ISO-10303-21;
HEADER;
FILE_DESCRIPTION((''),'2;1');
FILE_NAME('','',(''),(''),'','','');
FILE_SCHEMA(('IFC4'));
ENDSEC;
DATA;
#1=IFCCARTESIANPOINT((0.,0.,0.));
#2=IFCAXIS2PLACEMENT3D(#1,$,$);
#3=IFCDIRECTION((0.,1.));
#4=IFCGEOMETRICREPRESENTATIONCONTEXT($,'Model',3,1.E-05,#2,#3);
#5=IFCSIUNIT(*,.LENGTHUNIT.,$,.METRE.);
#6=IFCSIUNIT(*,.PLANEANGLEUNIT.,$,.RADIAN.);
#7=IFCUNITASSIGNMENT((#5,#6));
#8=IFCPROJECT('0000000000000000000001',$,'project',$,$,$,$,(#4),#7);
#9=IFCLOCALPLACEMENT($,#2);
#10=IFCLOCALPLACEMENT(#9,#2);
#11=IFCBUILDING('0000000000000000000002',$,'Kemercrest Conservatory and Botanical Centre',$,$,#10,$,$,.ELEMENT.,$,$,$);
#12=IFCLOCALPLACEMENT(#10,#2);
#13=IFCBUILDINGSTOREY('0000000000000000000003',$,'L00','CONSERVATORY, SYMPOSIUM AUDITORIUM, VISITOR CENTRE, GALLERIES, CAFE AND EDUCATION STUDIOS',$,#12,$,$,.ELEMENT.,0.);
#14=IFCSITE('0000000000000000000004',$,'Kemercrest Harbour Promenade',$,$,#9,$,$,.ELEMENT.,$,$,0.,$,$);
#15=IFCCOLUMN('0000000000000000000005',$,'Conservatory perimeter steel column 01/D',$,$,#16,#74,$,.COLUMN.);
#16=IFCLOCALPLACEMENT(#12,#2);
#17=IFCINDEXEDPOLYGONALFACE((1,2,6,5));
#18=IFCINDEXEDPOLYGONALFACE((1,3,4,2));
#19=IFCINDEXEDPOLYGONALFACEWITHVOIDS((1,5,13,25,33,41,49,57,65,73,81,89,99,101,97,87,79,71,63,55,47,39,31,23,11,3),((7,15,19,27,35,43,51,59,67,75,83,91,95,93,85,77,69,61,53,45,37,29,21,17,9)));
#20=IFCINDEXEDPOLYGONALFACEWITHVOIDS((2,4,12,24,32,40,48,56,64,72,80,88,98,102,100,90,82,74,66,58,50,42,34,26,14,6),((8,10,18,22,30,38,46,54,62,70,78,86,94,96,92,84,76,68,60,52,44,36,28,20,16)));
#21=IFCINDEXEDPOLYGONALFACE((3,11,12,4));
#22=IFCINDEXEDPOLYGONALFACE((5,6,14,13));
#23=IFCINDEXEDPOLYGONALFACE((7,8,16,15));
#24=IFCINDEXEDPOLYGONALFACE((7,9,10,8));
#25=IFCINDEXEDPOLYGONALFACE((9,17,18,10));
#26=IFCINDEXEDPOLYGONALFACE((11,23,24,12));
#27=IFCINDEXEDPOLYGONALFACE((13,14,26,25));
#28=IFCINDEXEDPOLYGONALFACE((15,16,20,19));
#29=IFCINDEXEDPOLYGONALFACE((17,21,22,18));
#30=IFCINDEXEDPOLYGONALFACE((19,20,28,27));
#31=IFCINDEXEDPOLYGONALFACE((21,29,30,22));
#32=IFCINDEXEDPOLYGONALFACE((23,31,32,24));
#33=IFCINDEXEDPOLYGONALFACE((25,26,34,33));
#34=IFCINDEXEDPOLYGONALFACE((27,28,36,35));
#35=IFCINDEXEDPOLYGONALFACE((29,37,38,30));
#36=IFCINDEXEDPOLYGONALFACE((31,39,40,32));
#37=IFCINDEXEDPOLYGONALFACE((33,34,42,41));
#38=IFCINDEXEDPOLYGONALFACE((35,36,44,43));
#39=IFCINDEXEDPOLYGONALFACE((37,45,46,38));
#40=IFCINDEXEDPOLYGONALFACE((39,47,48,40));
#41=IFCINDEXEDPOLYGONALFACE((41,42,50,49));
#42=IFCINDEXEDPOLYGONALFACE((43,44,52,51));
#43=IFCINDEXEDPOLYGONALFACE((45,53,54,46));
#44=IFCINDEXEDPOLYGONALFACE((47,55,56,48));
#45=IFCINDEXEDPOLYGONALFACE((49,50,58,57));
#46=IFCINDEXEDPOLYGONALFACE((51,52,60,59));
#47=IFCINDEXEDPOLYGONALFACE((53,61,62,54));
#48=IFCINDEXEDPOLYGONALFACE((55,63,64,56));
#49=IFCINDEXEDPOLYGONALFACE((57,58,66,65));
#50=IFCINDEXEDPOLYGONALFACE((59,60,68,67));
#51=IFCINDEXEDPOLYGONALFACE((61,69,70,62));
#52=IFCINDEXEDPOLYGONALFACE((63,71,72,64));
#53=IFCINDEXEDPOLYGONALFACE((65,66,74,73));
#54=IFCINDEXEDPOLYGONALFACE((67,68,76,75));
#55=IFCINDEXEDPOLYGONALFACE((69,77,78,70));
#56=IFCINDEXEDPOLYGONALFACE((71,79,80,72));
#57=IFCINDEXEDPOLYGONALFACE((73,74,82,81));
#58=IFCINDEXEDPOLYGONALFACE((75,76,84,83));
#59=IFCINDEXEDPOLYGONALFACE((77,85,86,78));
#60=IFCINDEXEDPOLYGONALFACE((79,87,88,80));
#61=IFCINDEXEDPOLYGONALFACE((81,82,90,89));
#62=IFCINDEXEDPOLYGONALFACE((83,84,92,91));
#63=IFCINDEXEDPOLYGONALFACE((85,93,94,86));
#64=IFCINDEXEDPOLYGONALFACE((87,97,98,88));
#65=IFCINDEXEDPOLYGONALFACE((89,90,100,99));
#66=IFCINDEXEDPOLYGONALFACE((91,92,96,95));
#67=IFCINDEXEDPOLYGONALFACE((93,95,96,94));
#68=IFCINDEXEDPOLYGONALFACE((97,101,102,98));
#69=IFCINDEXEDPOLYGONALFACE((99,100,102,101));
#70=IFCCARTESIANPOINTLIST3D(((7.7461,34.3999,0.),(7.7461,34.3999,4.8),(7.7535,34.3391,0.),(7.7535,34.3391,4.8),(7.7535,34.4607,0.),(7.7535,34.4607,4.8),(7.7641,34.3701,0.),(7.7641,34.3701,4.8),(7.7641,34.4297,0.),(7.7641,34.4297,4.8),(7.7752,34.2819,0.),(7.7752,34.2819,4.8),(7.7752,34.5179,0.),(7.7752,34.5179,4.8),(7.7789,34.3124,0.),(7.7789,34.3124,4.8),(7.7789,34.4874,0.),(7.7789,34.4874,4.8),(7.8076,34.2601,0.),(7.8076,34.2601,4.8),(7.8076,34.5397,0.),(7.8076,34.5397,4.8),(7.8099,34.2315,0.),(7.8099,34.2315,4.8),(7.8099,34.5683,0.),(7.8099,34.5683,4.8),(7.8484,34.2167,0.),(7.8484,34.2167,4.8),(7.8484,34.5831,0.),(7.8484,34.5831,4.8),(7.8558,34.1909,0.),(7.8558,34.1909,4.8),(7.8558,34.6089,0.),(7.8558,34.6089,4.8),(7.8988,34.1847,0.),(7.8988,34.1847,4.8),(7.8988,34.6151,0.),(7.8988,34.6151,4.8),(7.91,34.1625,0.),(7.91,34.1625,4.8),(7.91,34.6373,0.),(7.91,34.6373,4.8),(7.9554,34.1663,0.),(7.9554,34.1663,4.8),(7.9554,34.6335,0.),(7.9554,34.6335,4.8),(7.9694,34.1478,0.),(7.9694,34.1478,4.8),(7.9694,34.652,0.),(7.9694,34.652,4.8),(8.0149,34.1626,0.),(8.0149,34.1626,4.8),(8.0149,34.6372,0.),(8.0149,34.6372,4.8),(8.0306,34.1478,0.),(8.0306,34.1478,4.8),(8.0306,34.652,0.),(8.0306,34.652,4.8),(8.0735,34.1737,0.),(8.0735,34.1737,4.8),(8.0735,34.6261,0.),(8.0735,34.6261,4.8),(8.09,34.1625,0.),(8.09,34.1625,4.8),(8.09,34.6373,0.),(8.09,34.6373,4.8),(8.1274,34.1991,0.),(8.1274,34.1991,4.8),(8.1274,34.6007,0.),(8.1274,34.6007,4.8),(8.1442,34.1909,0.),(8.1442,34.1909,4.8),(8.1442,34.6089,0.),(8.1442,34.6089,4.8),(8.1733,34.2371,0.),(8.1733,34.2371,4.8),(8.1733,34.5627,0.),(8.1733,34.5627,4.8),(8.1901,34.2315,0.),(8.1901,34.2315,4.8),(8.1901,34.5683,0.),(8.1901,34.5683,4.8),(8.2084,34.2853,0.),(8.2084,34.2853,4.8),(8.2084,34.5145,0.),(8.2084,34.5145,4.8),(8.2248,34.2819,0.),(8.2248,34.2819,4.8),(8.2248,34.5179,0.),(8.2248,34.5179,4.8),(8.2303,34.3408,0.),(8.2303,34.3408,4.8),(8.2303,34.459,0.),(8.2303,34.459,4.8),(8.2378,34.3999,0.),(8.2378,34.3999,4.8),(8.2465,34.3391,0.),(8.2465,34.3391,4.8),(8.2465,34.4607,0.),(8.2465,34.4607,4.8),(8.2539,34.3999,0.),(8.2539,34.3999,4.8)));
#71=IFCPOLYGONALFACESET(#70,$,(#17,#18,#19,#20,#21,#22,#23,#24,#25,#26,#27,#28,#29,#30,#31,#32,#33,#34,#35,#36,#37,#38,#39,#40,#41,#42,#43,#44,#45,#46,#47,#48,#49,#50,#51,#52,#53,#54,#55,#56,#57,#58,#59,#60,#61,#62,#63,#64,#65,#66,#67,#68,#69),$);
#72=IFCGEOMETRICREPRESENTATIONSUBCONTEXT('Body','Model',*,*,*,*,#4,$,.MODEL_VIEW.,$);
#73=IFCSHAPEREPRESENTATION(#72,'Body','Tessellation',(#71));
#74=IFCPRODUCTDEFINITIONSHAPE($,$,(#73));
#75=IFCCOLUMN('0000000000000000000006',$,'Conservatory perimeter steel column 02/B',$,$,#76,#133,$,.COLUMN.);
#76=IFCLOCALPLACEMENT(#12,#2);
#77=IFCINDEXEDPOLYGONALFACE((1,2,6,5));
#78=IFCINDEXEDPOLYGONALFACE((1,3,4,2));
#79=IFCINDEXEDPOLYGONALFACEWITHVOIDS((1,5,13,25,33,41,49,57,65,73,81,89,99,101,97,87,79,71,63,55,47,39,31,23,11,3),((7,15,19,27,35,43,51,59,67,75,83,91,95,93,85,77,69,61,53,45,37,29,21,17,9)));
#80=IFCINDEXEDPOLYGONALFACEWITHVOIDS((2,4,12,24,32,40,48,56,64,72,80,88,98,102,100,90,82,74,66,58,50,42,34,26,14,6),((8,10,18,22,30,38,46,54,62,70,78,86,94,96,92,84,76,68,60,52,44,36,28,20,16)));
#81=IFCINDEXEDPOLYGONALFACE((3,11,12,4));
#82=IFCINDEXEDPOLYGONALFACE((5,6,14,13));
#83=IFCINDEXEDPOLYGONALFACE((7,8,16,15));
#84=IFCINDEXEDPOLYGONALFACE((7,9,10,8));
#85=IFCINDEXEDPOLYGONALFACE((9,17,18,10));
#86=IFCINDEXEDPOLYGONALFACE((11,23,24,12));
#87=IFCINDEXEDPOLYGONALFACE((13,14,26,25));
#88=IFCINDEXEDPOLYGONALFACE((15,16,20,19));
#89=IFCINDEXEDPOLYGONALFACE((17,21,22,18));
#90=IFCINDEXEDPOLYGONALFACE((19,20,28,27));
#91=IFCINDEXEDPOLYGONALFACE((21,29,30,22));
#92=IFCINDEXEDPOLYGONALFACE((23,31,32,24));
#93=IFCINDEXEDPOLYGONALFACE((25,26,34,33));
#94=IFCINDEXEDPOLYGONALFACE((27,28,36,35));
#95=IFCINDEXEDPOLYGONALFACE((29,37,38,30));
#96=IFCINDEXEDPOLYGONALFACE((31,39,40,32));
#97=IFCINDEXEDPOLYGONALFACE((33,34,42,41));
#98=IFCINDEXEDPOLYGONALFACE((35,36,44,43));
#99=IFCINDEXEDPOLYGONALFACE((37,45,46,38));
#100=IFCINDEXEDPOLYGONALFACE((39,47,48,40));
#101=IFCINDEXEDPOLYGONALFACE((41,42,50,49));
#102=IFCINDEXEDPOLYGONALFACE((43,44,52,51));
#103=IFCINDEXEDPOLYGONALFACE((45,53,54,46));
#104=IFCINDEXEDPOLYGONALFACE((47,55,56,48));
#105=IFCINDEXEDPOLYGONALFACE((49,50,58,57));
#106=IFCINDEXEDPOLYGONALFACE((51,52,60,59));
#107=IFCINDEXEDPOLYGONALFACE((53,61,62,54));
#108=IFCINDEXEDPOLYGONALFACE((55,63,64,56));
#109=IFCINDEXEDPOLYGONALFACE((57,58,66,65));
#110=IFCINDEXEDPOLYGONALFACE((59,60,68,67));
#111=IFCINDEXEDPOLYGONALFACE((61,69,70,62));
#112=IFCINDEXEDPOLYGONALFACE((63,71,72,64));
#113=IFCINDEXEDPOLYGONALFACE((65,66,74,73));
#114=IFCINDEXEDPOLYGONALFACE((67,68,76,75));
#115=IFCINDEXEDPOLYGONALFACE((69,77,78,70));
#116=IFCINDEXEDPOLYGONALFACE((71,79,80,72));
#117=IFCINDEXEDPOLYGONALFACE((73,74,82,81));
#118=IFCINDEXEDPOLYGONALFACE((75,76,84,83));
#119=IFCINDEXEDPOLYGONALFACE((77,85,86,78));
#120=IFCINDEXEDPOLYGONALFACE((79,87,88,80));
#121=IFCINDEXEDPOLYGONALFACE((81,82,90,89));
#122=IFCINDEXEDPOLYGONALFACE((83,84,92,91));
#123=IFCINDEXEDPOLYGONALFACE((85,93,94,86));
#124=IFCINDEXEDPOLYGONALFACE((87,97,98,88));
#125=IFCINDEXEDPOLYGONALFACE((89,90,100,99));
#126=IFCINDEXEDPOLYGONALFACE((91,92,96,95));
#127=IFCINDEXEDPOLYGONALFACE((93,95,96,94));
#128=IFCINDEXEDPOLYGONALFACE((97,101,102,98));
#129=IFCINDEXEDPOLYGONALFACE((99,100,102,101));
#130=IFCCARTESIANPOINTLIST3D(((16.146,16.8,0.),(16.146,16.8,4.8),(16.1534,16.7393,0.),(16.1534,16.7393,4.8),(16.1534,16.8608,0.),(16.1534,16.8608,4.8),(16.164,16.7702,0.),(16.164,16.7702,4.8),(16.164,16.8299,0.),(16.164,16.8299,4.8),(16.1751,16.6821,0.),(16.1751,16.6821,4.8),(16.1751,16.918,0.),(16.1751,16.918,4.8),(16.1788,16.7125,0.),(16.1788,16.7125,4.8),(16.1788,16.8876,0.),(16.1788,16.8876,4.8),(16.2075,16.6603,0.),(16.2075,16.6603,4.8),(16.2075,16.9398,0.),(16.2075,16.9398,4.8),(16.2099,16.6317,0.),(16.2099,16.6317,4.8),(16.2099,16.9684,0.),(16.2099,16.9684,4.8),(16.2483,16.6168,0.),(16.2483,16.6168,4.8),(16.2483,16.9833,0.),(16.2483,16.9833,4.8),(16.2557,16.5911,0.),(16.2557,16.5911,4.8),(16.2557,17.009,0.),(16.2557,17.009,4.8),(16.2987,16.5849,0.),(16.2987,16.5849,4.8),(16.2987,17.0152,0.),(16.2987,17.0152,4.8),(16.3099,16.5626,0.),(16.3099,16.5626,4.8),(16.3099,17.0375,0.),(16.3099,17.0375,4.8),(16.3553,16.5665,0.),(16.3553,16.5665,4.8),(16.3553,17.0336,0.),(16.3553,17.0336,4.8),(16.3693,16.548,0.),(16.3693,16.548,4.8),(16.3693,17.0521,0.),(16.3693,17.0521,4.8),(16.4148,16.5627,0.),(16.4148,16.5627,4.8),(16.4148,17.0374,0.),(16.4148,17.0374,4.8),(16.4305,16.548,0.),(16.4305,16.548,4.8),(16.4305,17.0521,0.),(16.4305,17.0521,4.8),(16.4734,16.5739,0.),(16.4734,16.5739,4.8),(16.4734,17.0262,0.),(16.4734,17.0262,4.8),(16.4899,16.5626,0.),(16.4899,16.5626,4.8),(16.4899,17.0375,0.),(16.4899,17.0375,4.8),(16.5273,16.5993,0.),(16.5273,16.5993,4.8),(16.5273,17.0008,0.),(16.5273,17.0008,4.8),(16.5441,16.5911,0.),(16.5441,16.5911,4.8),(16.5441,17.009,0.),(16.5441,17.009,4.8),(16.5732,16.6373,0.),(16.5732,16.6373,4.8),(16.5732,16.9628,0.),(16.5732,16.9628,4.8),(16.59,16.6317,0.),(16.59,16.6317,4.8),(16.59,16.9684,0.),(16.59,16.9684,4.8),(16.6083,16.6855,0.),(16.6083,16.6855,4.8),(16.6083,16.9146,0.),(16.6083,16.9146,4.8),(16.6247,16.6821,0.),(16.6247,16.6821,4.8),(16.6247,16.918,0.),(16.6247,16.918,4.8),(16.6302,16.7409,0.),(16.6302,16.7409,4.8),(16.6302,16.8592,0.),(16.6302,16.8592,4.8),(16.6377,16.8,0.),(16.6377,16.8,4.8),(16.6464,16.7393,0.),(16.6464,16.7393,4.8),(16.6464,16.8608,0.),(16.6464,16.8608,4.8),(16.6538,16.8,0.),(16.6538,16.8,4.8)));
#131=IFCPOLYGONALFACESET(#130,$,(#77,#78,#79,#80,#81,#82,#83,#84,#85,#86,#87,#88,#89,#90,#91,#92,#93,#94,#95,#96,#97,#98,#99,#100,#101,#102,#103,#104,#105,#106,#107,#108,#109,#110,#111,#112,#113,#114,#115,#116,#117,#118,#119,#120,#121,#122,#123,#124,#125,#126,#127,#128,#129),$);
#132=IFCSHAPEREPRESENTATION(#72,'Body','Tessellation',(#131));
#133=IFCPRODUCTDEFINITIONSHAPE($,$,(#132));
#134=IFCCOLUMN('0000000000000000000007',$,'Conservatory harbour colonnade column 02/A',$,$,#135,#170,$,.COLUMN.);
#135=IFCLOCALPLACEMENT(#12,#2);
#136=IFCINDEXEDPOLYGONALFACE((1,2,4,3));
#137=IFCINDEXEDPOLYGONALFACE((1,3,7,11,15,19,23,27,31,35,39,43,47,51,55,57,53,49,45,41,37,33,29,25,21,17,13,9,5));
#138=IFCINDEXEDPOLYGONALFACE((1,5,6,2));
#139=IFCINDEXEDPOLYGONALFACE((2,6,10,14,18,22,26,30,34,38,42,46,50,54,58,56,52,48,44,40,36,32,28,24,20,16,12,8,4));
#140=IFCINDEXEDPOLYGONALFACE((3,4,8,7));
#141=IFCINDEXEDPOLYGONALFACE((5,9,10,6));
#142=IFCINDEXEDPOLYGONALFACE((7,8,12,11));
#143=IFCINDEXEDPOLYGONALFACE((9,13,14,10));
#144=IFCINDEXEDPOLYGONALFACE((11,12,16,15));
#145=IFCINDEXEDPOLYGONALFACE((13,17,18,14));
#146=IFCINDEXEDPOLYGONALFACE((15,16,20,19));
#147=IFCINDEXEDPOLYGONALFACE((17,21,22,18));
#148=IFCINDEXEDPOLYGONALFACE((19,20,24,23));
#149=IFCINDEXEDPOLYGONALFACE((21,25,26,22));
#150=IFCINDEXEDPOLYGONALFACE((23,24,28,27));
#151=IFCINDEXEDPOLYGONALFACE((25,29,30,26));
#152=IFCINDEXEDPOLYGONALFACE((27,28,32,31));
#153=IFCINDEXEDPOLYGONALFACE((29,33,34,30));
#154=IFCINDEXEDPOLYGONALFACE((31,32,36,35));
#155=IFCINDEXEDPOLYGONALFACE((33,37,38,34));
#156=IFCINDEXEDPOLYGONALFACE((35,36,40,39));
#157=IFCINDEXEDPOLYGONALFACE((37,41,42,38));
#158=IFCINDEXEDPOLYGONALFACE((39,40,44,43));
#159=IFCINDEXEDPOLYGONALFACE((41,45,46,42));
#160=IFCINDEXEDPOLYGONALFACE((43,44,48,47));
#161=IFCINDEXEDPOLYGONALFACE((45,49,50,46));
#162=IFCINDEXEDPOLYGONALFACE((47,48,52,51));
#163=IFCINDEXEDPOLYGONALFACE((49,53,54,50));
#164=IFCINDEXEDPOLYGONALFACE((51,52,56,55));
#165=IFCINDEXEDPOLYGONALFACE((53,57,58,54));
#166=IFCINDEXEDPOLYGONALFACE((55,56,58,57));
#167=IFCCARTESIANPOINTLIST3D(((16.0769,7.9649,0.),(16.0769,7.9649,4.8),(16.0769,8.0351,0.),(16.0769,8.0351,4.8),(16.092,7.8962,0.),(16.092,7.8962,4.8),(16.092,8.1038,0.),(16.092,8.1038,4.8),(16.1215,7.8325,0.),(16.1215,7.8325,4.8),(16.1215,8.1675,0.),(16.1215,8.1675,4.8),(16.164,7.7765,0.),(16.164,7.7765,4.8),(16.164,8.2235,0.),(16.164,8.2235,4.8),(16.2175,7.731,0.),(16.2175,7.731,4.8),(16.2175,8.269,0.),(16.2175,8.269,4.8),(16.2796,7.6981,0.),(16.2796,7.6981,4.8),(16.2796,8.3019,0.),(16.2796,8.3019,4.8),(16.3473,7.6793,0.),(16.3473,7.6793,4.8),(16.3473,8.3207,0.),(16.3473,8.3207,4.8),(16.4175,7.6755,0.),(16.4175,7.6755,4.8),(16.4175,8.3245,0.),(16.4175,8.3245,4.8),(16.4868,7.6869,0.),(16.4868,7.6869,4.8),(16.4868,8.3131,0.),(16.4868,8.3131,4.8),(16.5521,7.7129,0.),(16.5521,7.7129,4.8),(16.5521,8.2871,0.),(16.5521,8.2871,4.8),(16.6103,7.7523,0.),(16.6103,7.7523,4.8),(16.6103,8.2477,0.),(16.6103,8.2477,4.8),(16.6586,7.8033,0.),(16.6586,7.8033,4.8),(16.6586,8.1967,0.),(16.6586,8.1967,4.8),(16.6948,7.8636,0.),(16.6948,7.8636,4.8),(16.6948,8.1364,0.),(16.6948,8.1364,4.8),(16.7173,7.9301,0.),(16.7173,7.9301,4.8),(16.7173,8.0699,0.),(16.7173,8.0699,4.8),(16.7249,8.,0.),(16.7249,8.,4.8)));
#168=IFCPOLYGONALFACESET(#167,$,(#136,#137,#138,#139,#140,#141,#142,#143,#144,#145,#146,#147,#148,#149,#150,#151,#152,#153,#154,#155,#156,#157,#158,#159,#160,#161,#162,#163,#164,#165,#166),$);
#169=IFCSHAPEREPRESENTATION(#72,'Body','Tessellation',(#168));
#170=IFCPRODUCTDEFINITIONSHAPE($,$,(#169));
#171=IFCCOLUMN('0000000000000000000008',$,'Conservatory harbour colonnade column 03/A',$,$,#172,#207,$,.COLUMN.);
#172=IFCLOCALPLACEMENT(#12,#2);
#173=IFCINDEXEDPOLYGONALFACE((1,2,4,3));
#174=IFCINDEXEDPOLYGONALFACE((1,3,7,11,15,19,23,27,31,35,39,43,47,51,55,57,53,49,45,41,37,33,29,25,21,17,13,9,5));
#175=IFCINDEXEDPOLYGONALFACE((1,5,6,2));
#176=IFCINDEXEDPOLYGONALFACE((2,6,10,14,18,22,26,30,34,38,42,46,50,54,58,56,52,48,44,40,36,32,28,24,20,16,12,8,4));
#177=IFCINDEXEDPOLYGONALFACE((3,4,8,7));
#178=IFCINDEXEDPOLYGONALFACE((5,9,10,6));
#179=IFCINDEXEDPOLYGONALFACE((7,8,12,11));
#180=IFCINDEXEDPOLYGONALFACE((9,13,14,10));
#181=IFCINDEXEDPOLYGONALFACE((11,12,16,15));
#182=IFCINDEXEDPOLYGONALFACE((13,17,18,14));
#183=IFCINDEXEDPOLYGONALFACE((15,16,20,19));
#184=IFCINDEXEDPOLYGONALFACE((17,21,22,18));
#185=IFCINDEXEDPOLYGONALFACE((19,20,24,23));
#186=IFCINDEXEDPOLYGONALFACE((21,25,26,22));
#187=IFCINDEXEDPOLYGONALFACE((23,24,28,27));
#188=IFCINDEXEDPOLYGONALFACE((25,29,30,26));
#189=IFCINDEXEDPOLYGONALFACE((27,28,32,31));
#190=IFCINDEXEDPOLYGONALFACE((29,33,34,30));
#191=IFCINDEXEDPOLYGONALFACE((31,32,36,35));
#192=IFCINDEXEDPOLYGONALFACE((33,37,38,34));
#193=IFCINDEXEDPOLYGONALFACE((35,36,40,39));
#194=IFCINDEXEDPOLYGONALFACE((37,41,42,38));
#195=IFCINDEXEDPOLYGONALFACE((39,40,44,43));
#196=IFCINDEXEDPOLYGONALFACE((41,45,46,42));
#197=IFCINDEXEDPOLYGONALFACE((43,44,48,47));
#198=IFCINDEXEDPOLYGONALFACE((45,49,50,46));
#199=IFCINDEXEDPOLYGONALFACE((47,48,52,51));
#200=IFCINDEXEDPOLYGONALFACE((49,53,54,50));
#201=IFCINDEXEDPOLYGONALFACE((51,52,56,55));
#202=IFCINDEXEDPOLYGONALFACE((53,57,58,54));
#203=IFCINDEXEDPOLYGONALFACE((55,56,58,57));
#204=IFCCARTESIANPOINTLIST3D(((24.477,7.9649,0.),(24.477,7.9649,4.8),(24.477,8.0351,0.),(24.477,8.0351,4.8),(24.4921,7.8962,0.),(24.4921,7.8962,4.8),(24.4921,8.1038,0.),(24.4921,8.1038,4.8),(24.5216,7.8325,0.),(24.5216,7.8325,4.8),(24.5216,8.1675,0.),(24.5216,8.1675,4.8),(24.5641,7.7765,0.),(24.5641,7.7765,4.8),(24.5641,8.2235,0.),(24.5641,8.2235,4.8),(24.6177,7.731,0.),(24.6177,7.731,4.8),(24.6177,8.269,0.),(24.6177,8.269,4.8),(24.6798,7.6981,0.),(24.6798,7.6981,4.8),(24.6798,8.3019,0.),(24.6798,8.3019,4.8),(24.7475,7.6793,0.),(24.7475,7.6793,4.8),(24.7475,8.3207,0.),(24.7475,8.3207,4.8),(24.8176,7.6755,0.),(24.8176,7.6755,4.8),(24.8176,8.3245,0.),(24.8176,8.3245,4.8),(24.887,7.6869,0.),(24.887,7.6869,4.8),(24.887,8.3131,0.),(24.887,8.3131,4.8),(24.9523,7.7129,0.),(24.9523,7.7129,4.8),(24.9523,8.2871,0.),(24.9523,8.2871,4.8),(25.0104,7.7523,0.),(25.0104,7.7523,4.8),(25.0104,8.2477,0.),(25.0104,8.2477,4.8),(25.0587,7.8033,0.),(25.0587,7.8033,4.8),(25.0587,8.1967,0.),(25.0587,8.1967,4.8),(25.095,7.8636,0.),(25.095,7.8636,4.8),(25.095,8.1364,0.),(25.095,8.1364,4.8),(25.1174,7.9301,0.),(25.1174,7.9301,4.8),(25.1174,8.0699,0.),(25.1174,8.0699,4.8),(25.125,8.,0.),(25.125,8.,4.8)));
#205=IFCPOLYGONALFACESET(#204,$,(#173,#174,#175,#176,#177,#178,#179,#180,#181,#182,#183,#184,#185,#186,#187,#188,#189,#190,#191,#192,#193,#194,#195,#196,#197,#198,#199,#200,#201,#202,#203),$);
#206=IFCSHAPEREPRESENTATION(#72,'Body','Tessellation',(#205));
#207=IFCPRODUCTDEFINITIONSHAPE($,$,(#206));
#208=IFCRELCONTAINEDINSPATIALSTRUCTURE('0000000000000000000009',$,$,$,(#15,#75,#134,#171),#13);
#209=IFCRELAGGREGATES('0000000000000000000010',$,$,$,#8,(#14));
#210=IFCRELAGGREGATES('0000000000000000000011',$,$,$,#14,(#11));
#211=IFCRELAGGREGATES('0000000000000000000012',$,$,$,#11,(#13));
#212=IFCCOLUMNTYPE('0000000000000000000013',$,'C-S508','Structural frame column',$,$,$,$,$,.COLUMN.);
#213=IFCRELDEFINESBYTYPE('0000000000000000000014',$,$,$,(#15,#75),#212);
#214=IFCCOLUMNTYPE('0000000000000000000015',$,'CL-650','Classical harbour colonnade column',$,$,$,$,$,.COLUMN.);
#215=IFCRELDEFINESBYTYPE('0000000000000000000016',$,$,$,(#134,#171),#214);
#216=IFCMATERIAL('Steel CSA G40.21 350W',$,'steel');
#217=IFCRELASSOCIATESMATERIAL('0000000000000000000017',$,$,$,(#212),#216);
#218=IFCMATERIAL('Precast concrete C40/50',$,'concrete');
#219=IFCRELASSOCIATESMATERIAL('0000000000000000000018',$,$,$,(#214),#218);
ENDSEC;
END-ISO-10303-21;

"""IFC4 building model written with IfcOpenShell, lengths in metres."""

from ifc_helpers import new_model, si_unit, direction, frame, origin, origin_2d, place, context, subcontext, project, spatial, circle, hollow_circle, extrude, material, material_profile, profile_set, type_object, element, save


model = new_model("IFC4")

# Units and contexts
model_context = context("Model", 3, precision=1e-05, world=origin(), true_north=direction((0.0, 1.0)))
body_context = subcontext(model_context, "Body", "Model", "MODEL_VIEW")
ifc_project = project(units=[si_unit("LENGTHUNIT", "METRE"), si_unit("PLANEANGLEUNIT", "RADIAN")], contexts=[model_context])

# Site, building, storey
site_placement = place(None, origin())
site = spatial("IfcSite", under=ifc_project, at=site_placement, Name="Kemercrest Harbour Promenade", CompositionType="ELEMENT", RefElevation=0.0)
building_placement = place(site_placement, origin())
building = spatial("IfcBuilding", under=site, at=building_placement, Name="Kemercrest Conservatory and Botanical Centre", CompositionType="ELEMENT")
storey_placement = place(building_placement, origin())
storey = spatial("IfcBuildingStorey", under=building, at=storey_placement, Name="L00", Description="CONSERVATORY, SYMPOSIUM AUDITORIUM, VISITOR CENTRE, GALLERIES, CAFE AND EDUCATION STUDIOS", CompositionType="ELEMENT", Elevation=0.0)

# Columns
ifc_material_1 = material(Name="Steel CSA G40.21 350W", Category="steel")
ifc_material_profile_1 = material_profile(ifc_material_1, hollow_circle(Radius=0.2539, WallThickness=0.0161, at=origin_2d()), Name="CHS 508.0x16.0")
ifc_profile_set_1 = profile_set([ifc_material_profile_1], Name="Steel CSA G40.21 350W")
column_type_1 = type_object("IfcColumnType", Name="C-S508", Description="Structural frame column", PredefinedType="COLUMN", material=ifc_profile_set_1)
for number, where, z_axis, x_axis, name in (
    (1, (8.0, 34.3999, 0.0), (0.0, 0.0, 1.0), (1.0, 0.0, 0.0), "Conservatory perimeter steel column 01/D"),
    (2, (16.3999, 16.8, 0.0), (0.0, 0.0, 1.0), (1.0, 0.0, 0.0), "Conservatory perimeter steel column 02/B"),
):
    element("IfcColumn", number, at=place(storey_placement, frame(where, z_axis=z_axis, x_axis=x_axis)), inside=storey, type_object=column_type_1, Name=name, PredefinedType="COLUMN", context=body_context, shape_type="SweptSolid", body=[
        extrude(hollow_circle(Radius=0.2539, WallThickness=0.0161, at=origin_2d()), origin(), (0.0, 0.0, 1.0), 4.8),
    ])
ifc_material_2 = material(Name="Precast concrete C40/50", Category="concrete")
ifc_material_profile_2 = material_profile(ifc_material_2, circle(Radius=0.325, at=origin_2d()), Name="COLONNADE D650")
ifc_profile_set_2 = profile_set([ifc_material_profile_2], Name="Precast concrete C40/50")
column_type_2 = type_object("IfcColumnType", Name="CL-650", Description="Classical harbour colonnade column", PredefinedType="COLUMN", material=ifc_profile_set_2)
for number, where, z_axis, x_axis, name in (
    (3, (16.3999, 8.0, 0.0), (0.0, 0.0, 1.0), (1.0, 0.0, 0.0), "Conservatory harbour colonnade column 02/A"),
    (4, (24.8, 8.0, 0.0), (0.0, 0.0, 1.0), (1.0, 0.0, 0.0), "Conservatory harbour colonnade column 03/A"),
):
    element("IfcColumn", number, at=place(storey_placement, frame(where, z_axis=z_axis, x_axis=x_axis)), inside=storey, type_object=column_type_2, Name=name, PredefinedType="COLUMN", context=body_context, shape_type="SweptSolid", body=[
        extrude(circle(Radius=0.325, at=origin_2d()), origin(), (0.0, 0.0, 1.0), 4.8),
    ])

save(model, "model.ifc")
